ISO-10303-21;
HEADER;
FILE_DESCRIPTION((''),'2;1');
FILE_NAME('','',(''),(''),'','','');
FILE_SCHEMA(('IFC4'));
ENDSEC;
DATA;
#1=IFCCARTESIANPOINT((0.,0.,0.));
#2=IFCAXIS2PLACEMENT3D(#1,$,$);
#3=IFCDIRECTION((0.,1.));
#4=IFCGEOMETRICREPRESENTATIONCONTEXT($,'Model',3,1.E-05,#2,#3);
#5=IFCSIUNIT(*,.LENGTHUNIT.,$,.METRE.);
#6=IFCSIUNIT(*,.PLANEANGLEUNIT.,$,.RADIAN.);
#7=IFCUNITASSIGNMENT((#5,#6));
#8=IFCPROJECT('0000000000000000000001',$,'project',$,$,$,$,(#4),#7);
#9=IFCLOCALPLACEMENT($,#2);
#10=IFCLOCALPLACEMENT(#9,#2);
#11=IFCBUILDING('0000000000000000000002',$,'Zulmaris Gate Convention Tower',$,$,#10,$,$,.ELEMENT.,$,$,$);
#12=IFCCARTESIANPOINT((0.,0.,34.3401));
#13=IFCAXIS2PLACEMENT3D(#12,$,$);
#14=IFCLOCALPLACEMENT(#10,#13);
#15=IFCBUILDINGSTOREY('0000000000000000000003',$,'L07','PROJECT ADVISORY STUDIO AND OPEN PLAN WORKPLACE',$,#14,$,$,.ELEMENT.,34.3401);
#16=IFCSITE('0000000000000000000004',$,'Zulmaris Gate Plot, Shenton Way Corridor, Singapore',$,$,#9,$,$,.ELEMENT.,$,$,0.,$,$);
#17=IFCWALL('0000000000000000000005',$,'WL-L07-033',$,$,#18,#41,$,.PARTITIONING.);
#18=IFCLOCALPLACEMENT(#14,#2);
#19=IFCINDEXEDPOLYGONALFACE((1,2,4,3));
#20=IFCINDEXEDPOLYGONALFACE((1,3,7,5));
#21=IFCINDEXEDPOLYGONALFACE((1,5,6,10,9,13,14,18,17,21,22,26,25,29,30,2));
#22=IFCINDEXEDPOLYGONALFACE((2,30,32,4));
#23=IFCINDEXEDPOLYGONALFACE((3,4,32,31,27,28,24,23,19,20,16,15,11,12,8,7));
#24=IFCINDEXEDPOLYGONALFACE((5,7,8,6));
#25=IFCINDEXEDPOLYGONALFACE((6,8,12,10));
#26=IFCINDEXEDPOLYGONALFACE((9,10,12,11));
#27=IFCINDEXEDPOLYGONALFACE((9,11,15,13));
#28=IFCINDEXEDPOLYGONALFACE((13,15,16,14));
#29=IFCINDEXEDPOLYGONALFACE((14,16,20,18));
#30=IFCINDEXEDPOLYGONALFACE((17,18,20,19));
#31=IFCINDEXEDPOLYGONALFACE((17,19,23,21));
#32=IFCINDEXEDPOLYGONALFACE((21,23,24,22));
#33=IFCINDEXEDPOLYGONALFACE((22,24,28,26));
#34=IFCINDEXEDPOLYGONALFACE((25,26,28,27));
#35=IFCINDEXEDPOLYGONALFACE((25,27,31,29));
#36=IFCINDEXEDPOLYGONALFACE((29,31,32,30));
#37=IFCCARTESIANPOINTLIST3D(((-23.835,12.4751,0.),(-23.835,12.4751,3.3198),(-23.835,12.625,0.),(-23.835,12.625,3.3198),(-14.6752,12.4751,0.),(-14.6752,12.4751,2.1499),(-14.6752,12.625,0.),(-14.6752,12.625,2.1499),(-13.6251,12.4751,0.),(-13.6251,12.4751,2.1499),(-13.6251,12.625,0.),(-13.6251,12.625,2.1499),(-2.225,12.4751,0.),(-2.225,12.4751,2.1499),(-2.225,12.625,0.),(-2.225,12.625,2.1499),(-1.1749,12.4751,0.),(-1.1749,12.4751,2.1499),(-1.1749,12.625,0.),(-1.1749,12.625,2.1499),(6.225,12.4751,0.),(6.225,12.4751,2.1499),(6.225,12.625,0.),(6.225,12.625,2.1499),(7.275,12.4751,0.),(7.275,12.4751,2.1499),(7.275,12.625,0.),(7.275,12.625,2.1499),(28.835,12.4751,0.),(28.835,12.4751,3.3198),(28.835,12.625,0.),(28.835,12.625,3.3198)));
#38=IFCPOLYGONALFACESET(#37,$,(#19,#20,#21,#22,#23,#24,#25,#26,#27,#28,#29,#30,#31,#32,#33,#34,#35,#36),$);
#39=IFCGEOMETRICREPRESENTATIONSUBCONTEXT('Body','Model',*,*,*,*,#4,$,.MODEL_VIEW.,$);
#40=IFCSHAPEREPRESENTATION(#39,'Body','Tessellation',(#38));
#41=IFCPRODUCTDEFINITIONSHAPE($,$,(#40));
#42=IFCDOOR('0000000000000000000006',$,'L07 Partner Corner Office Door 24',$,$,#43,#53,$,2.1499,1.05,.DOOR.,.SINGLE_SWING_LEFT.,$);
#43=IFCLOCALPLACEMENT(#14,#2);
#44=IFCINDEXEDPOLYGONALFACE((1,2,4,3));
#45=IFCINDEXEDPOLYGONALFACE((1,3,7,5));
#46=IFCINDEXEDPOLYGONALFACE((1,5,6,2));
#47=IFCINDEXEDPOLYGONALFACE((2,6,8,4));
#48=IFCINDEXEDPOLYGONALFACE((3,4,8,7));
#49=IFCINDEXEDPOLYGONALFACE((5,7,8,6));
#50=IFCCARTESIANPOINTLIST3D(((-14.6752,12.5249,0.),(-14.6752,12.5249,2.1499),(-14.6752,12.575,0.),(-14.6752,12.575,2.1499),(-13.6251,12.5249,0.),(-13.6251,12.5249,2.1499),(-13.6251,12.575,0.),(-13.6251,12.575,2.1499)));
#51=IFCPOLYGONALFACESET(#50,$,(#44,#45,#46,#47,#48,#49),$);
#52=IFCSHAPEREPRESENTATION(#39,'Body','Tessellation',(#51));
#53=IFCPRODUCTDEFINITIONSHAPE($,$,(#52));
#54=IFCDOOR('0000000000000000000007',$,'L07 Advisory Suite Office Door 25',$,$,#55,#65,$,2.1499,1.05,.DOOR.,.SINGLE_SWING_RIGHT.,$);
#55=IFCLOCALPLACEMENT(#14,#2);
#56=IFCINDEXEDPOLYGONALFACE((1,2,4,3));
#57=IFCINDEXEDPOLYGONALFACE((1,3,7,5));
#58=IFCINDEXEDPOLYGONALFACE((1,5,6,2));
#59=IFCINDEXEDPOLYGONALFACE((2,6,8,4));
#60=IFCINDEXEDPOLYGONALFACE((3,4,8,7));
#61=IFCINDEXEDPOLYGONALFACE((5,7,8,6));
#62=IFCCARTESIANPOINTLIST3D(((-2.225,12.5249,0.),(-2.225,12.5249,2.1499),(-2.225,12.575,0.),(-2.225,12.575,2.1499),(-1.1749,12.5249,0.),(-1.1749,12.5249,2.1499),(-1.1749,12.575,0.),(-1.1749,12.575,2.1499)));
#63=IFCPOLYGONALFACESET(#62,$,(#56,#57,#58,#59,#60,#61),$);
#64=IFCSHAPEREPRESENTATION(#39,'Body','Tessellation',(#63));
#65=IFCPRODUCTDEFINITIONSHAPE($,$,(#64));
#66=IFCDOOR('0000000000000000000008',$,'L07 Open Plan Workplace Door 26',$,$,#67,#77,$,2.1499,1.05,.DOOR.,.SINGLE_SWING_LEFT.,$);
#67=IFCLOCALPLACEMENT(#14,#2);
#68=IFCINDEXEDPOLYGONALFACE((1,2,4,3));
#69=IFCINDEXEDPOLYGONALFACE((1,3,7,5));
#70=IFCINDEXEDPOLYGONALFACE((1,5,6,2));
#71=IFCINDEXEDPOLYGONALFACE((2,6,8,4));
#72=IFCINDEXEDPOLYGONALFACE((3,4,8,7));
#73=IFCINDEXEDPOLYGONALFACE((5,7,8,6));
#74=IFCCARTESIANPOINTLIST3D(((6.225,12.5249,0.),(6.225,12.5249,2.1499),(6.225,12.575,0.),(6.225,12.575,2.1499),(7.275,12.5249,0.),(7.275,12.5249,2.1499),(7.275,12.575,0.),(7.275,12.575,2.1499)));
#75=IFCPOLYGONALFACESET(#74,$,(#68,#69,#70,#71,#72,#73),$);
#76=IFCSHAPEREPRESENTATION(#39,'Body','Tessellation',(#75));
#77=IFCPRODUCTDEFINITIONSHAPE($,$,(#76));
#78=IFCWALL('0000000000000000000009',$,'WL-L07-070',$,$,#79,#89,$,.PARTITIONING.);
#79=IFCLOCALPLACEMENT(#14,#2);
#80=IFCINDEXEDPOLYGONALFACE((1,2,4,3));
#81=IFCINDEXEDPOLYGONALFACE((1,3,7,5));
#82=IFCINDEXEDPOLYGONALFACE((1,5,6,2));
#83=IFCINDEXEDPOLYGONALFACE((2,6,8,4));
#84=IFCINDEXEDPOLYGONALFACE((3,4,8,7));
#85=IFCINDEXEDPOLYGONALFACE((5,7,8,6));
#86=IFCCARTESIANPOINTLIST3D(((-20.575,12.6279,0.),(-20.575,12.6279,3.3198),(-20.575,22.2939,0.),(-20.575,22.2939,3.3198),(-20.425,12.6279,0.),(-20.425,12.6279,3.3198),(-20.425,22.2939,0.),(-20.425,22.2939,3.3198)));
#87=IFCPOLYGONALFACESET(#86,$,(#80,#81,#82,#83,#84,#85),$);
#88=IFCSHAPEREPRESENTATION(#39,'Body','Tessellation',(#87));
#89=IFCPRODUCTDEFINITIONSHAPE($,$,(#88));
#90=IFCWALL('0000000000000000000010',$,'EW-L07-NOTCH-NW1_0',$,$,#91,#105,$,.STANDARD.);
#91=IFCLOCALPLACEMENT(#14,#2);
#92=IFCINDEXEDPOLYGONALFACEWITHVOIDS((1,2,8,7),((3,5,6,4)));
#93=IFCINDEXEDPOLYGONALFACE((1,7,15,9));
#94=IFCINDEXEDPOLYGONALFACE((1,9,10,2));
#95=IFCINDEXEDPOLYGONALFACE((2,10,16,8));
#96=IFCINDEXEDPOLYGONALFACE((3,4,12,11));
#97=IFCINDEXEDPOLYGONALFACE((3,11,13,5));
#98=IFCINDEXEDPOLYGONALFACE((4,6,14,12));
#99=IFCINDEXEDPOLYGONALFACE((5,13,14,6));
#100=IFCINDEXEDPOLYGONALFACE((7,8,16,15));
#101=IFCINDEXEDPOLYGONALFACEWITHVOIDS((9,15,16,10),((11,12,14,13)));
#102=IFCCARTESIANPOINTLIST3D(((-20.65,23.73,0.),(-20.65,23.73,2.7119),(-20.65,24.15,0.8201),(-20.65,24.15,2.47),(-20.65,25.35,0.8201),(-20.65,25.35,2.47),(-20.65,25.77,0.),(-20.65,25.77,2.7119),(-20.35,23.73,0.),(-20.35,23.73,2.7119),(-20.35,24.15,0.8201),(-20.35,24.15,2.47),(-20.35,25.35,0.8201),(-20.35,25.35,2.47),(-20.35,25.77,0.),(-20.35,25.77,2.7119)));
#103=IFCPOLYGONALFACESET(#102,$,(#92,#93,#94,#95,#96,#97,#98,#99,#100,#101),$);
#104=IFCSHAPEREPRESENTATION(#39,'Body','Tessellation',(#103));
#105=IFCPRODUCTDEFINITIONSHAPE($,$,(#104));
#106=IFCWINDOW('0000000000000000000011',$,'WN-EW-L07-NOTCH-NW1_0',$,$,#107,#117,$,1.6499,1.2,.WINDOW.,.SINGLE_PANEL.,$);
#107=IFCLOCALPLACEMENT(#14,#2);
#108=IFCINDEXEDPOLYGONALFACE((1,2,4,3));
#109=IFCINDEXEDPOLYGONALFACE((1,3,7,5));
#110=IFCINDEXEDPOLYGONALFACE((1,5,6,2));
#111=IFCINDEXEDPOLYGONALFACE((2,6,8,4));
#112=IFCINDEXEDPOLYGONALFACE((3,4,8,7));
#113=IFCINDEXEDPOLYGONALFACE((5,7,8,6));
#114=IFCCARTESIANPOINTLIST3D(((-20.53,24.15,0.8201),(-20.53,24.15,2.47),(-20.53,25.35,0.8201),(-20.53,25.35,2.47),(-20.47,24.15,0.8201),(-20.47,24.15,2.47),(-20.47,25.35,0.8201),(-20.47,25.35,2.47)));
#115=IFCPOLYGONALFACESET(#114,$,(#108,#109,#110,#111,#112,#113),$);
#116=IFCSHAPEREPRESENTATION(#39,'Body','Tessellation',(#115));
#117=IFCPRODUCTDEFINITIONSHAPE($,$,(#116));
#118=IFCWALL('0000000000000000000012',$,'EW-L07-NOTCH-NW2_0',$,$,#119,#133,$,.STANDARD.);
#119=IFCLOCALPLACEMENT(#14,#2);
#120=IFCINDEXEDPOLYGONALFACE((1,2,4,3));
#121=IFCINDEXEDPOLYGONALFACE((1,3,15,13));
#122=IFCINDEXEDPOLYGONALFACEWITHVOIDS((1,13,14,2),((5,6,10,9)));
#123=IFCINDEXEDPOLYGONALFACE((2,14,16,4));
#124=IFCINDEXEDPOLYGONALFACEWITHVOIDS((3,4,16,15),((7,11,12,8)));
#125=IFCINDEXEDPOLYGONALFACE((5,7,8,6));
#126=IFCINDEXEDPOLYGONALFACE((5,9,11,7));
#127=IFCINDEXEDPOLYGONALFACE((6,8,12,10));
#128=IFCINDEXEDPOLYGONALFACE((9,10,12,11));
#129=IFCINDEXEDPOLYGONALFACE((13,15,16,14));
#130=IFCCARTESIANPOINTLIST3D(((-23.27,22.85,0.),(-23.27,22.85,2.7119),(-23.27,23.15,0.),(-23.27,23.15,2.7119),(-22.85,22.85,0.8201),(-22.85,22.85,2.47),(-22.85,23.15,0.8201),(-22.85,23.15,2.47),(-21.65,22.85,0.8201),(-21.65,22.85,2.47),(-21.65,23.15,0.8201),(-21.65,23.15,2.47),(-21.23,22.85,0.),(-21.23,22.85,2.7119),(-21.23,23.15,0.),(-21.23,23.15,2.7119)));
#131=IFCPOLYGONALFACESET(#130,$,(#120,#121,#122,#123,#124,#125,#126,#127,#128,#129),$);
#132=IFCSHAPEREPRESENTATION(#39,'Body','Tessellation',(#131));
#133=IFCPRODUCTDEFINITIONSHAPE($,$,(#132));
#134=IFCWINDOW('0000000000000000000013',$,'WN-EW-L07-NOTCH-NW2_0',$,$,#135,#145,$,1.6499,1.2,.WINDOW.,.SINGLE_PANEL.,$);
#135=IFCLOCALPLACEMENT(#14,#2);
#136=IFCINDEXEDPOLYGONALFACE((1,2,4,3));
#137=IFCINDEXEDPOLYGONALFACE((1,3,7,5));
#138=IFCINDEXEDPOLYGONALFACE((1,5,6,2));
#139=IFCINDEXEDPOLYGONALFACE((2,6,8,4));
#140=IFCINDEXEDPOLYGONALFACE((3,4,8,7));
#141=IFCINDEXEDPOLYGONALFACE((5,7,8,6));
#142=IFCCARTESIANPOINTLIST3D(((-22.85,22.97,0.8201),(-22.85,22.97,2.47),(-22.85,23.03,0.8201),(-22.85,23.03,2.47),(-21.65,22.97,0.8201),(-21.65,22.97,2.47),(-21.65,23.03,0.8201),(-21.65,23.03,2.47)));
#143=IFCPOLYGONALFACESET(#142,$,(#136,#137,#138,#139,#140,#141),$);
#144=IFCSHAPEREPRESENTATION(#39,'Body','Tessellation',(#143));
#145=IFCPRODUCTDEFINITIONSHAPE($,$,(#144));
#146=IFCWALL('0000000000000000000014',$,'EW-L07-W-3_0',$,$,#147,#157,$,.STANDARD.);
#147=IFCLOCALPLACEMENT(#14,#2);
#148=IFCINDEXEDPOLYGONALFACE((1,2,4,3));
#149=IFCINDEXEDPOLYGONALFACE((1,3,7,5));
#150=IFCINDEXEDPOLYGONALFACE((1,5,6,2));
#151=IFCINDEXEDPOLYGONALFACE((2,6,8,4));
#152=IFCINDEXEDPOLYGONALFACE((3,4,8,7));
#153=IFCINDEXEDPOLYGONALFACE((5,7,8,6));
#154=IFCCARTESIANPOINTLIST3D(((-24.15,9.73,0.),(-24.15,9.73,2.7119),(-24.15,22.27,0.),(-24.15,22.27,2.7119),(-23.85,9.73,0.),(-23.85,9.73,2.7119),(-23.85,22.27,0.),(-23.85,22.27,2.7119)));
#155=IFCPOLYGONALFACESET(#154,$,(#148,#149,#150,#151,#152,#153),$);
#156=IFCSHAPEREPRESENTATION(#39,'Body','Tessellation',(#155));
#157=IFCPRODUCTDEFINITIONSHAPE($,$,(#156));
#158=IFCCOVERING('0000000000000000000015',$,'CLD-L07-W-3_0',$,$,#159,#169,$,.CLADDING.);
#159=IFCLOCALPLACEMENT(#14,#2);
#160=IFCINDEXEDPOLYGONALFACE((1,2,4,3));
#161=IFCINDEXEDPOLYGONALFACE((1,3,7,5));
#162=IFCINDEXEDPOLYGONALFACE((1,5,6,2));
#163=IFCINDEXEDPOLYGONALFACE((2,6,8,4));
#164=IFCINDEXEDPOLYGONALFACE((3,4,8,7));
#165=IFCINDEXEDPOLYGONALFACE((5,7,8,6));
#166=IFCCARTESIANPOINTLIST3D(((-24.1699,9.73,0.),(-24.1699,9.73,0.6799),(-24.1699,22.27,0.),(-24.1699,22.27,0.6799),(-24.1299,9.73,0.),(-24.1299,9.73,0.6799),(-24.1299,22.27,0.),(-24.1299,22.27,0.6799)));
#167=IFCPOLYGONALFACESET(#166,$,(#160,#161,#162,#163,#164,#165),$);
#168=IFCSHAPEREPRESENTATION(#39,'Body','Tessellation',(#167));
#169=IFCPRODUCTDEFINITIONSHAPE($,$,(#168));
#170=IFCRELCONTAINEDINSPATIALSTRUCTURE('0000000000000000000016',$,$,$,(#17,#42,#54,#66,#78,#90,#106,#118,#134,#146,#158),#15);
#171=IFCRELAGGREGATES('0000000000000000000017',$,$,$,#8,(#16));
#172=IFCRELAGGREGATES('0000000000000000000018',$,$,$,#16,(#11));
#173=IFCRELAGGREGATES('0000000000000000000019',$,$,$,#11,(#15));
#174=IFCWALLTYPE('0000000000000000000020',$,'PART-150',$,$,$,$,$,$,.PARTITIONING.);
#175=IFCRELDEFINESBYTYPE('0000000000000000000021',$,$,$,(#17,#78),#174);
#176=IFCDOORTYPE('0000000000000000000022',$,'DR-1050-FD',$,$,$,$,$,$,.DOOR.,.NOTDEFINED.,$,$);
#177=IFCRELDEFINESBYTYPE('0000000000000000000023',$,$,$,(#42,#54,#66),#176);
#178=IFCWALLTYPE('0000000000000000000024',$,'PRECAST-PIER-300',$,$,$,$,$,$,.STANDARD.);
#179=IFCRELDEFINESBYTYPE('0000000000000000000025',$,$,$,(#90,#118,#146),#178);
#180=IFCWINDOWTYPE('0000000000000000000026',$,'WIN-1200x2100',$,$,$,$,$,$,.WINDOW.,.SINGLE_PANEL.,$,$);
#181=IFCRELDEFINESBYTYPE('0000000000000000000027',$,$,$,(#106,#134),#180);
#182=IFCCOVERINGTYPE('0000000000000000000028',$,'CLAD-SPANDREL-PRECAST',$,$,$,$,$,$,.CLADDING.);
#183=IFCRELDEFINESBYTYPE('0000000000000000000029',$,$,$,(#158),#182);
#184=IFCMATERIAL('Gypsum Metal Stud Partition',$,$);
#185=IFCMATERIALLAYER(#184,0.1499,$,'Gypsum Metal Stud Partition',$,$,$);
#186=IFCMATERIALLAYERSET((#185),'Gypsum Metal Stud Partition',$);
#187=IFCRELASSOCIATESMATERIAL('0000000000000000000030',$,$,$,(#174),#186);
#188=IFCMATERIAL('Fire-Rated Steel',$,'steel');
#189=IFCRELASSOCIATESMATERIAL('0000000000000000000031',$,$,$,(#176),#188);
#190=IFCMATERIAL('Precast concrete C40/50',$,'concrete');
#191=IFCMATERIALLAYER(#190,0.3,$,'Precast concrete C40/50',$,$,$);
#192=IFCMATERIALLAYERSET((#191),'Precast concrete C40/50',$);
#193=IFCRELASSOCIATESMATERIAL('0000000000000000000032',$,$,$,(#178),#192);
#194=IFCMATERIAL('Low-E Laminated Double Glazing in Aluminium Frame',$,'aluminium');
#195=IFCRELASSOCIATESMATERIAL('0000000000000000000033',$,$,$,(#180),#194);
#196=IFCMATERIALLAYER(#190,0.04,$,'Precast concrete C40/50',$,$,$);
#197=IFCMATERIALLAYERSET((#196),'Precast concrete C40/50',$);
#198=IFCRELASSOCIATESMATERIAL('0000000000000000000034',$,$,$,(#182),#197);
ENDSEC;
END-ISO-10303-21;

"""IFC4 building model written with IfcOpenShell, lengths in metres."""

from ifc_helpers import new_model, si_unit, direction, frame, frame_2d, origin, place, context, subcontext, project, spatial, rectangle, extrude, material, layer, layer_set, type_object, element, fill, save


model = new_model("IFC4")

# Units and contexts
model_context = context("Model", 3, precision=1e-05, world=origin(), true_north=direction((0.0, 1.0)))
body_context = subcontext(model_context, "Body", "Model", "MODEL_VIEW")
ifc_project = project(units=[si_unit("LENGTHUNIT", "METRE"), si_unit("PLANEANGLEUNIT", "RADIAN")], contexts=[model_context])

# Site, building, storey
site_placement = place(None, origin())
site = spatial("IfcSite", under=ifc_project, at=site_placement, Name="Zulmaris Gate Plot, Shenton Way Corridor, Singapore", CompositionType="ELEMENT", RefElevation=0.0)
building_placement = place(site_placement, origin())
building = spatial("IfcBuilding", under=site, at=building_placement, Name="Zulmaris Gate Convention Tower", CompositionType="ELEMENT")
storey_placement = place(building_placement, frame((0.0, 0.0, 34.3401)))
storey = spatial("IfcBuildingStorey", under=building, at=storey_placement, Name="L07", Description="PROJECT ADVISORY STUDIO AND OPEN PLAN WORKPLACE", CompositionType="ELEMENT", Elevation=34.3401)

# Shared definitions
ifc_material_1 = material(Name="Gypsum Metal Stud Partition")
ifc_layer_1 = layer(ifc_material_1, 0.1499, Name="Gypsum Metal Stud Partition")
ifc_layer_set_1 = layer_set([ifc_layer_1], Name="Gypsum Metal Stud Partition")
wall_type_1 = type_object("IfcWallType", Name="PART-150", PredefinedType="PARTITIONING", material=ifc_layer_set_1)

# Wall, openings, doors
wall_1_placement = place(storey_placement, frame((-23.835, 12.55, 0.0), z_axis=(0.0, 0.0, 1.0), x_axis=(1.0, 0.0, 0.0)))
wall_1 = element("IfcWall", 1, at=wall_1_placement, inside=storey, type_object=wall_type_1, Name="WL-L07-033", PredefinedType="PARTITIONING", context=body_context, shape_type="SweptSolid", body=[
    extrude(rectangle(XDim=52.6699, YDim=0.1499, at=frame_2d((26.335, 0.0))), origin(), (0.0, 0.0, 1.0), 3.3198),
])
opening_1_placement = place(wall_1_placement, frame((9.1599, 0.0, 0.0)))
opening_1 = element("IfcOpeningElement", 2, at=opening_1_placement, cuts=wall_1, PredefinedType="OPENING", context=body_context, shape_type="SweptSolid", body=[
    extrude(rectangle(XDim=1.05, YDim=2.1499, at=frame_2d((0.5249, 1.075))), frame((0.0, 0.085, 0.0), z_axis=(0.0, -1.0, 0.0), x_axis=(1.0, 0.0, 0.0)), (0.0, 0.0, 1.0), 0.1699),
])
opening_2_placement = place(wall_1_placement, frame((21.6101, 0.0, 0.0)))
opening_2 = element("IfcOpeningElement", 3, at=opening_2_placement, cuts=wall_1, PredefinedType="OPENING", context=body_context, shape_type="SweptSolid", body=[
    extrude(rectangle(XDim=1.05, YDim=2.1499, at=frame_2d((0.5249, 1.075))), frame((0.0, 0.085, 0.0), z_axis=(0.0, -1.0, 0.0), x_axis=(1.0, 0.0, 0.0)), (0.0, 0.0, 1.0), 0.1699),
])
opening_3_placement = place(wall_1_placement, frame((30.0601, 0.0, 0.0)))
opening_3 = element("IfcOpeningElement", 4, at=opening_3_placement, cuts=wall_1, PredefinedType="OPENING", context=body_context, shape_type="SweptSolid", body=[
    extrude(rectangle(XDim=1.05, YDim=2.1499, at=frame_2d((0.5249, 1.075))), frame((0.0, 0.085, 0.0), z_axis=(0.0, -1.0, 0.0), x_axis=(1.0, 0.0, 0.0)), (0.0, 0.0, 1.0), 0.1699),
])
ifc_material_2 = material(Name="Fire-Rated Steel", Category="steel")
door_type_1 = type_object("IfcDoorType", Name="DR-1050-FD", OperationType="NOTDEFINED", PredefinedType="DOOR", material=ifc_material_2)
door_1_placement = place(opening_1_placement, origin())
door_1 = element("IfcDoor", 5, at=door_1_placement, inside=storey, type_object=door_type_1, Name="L07 Partner Corner Office Door 24", OperationType="SINGLE_SWING_LEFT", OverallHeight=2.1499, OverallWidth=1.05, PredefinedType="DOOR", context=body_context, shape_type="SweptSolid", body=[
    extrude(rectangle(XDim=1.05, YDim=2.1499, at=frame_2d((0.5249, 1.075))), frame((0.0, 0.0249, 0.0), z_axis=(0.0, -1.0, 0.0), x_axis=(1.0, 0.0, 0.0)), (0.0, 0.0, 1.0), 0.05),
])
fill(opening_1, door_1)
door_2_placement = place(opening_2_placement, origin())
door_2 = element("IfcDoor", 6, at=door_2_placement, inside=storey, type_object=door_type_1, Name="L07 Advisory Suite Office Door 25", OperationType="SINGLE_SWING_RIGHT", OverallHeight=2.1499, OverallWidth=1.05, PredefinedType="DOOR", context=body_context, shape_type="SweptSolid", body=[
    extrude(rectangle(XDim=1.05, YDim=2.1499, at=frame_2d((0.5249, 1.075))), frame((0.0, 0.0249, 0.0), z_axis=(0.0, -1.0, 0.0), x_axis=(1.0, 0.0, 0.0)), (0.0, 0.0, 1.0), 0.05),
])
fill(opening_2, door_2)
door_3_placement = place(opening_3_placement, origin())
door_3 = element("IfcDoor", 7, at=door_3_placement, inside=storey, type_object=door_type_1, Name="L07 Open Plan Workplace Door 26", OperationType="SINGLE_SWING_LEFT", OverallHeight=2.1499, OverallWidth=1.05, PredefinedType="DOOR", context=body_context, shape_type="SweptSolid", body=[
    extrude(rectangle(XDim=1.05, YDim=2.1499, at=frame_2d((0.5249, 1.075))), frame((0.0, 0.0249, 0.0), z_axis=(0.0, -1.0, 0.0), x_axis=(1.0, 0.0, 0.0)), (0.0, 0.0, 1.0), 0.05),
])
fill(opening_3, door_3)

# Wall
wall_2_placement = place(storey_placement, frame((-20.5, 12.6279, 0.0), z_axis=(0.0, 0.0, 1.0), x_axis=(0.0, 1.0, 0.0)))
element("IfcWall", 8, at=wall_2_placement, inside=storey, type_object=wall_type_1, Name="WL-L07-070", PredefinedType="PARTITIONING", context=body_context, shape_type="SweptSolid", body=[
    extrude(rectangle(XDim=9.666, YDim=0.1499, at=frame_2d((4.833, 0.0))), origin(), (0.0, 0.0, 1.0), 3.3198),
])

# Walls, openings, windows
ifc_material_3 = material(Name="Precast concrete C40/50", Category="concrete")
ifc_layer_2 = layer(ifc_material_3, 0.3, Name="Precast concrete C40/50")
ifc_layer_set_2 = layer_set([ifc_layer_2], Name="Precast concrete C40/50")
wall_type_2 = type_object("IfcWallType", Name="PRECAST-PIER-300", PredefinedType="STANDARD", material=ifc_layer_set_2)
wall_3_placement = place(storey_placement, frame((-20.5, 25.77, 0.0), z_axis=(0.0, 0.0, 1.0), x_axis=(0.0, -1.0, 0.0)))
wall_3 = element("IfcWall", 9, at=wall_3_placement, inside=storey, type_object=wall_type_2, Name="EW-L07-NOTCH-NW1_0", PredefinedType="STANDARD", context=body_context, shape_type="SweptSolid", body=[
    extrude(rectangle(XDim=2.04, YDim=0.3, at=frame_2d((1.02, 0.0))), origin(), (0.0, 0.0, 1.0), 2.7119),
])
opening_4_placement = place(wall_3_placement, frame((0.4199, 0.0, 0.8201)))
opening_4 = element("IfcOpeningElement", 10, at=opening_4_placement, cuts=wall_3, PredefinedType="OPENING", context=body_context, shape_type="SweptSolid", body=[
    extrude(rectangle(XDim=1.2, YDim=1.6499, at=frame_2d((0.6001, 0.825))), frame((0.0, 0.1602, 0.0), z_axis=(0.0, -1.0, 0.0), x_axis=(1.0, 0.0, 0.0)), (0.0, 0.0, 1.0), 0.3201),
])
ifc_material_4 = material(Name="Low-E Laminated Double Glazing in Aluminium Frame", Category="aluminium")
window_type = type_object("IfcWindowType", Name="WIN-1200x2100", PartitioningType="SINGLE_PANEL", PredefinedType="WINDOW", material=ifc_material_4)
window_1_placement = place(opening_4_placement, origin())
window_1 = element("IfcWindow", 11, at=window_1_placement, inside=storey, type_object=window_type, Name="WN-EW-L07-NOTCH-NW1_0", OverallHeight=1.6499, OverallWidth=1.2, PartitioningType="SINGLE_PANEL", PredefinedType="WINDOW", context=body_context, shape_type="SweptSolid", body=[
    extrude(rectangle(XDim=1.2, YDim=1.6499, at=frame_2d((0.6001, 0.825))), frame((0.0, 0.03, 0.0), z_axis=(0.0, -1.0, 0.0), x_axis=(1.0, 0.0, 0.0)), (0.0, 0.0, 1.0), 0.0601),
])
fill(opening_4, window_1)
wall_4_placement = place(storey_placement, frame((-21.23, 23.0, 0.0), z_axis=(0.0, 0.0, 1.0), x_axis=(-1.0, 0.0, 0.0)))
wall_4 = element("IfcWall", 12, at=wall_4_placement, inside=storey, type_object=wall_type_2, Name="EW-L07-NOTCH-NW2_0", PredefinedType="STANDARD", context=body_context, shape_type="SweptSolid", body=[
    extrude(rectangle(XDim=2.04, YDim=0.3, at=frame_2d((1.02, 0.0))), origin(), (0.0, 0.0, 1.0), 2.7119),
])
opening_5_placement = place(wall_4_placement, frame((0.4199, 0.0, 0.8201)))
opening_5 = element("IfcOpeningElement", 13, at=opening_5_placement, cuts=wall_4, PredefinedType="OPENING", context=body_context, shape_type="SweptSolid", body=[
    extrude(rectangle(XDim=1.2, YDim=1.6499, at=frame_2d((0.6001, 0.825))), frame((0.0, 0.1602, 0.0), z_axis=(0.0, -1.0, 0.0), x_axis=(1.0, 0.0, 0.0)), (0.0, 0.0, 1.0), 0.3201),
])
window_2_placement = place(opening_5_placement, origin())
window_2 = element("IfcWindow", 14, at=window_2_placement, inside=storey, type_object=window_type, Name="WN-EW-L07-NOTCH-NW2_0", OverallHeight=1.6499, OverallWidth=1.2, PartitioningType="SINGLE_PANEL", PredefinedType="WINDOW", context=body_context, shape_type="SweptSolid", body=[
    extrude(rectangle(XDim=1.2, YDim=1.6499, at=frame_2d((0.6001, 0.825))), frame((0.0, 0.03, 0.0), z_axis=(0.0, -1.0, 0.0), x_axis=(1.0, 0.0, 0.0)), (0.0, 0.0, 1.0), 0.0601),
])
fill(opening_5, window_2)

# Wall
wall_5_placement = place(storey_placement, frame((-24.0, 22.27, 0.0), z_axis=(0.0, 0.0, 1.0), x_axis=(0.0, -1.0, 0.0)))
element("IfcWall", 15, at=wall_5_placement, inside=storey, type_object=wall_type_2, Name="EW-L07-W-3_0", PredefinedType="STANDARD", context=body_context, shape_type="SweptSolid", body=[
    extrude(rectangle(XDim=12.54, YDim=0.3, at=frame_2d((6.27, 0.0))), origin(), (0.0, 0.0, 1.0), 2.7119),
])

# Covering
ifc_layer_3 = layer(ifc_material_3, 0.04, Name="Precast concrete C40/50")
ifc_layer_set_3 = layer_set([ifc_layer_3], Name="Precast concrete C40/50")
covering_type_1 = type_object("IfcCoveringType", Name="CLAD-SPANDREL-PRECAST", PredefinedType="CLADDING", material=ifc_layer_set_3)
covering_1_placement = place(storey_placement, frame((-24.1499, 22.27, 0.0), z_axis=(0.0, 0.0, 1.0), x_axis=(0.0, -1.0, 0.0)))
element("IfcCovering", 16, at=covering_1_placement, inside=storey, type_object=covering_type_1, Name="CLD-L07-W-3_0", PredefinedType="CLADDING", context=body_context, shape_type="SweptSolid", body=[
    extrude(rectangle(XDim=12.54, YDim=0.04, at=frame_2d((6.27, 0.0))), origin(), (0.0, 0.0, 1.0), 0.6799),
])

save(model, "model.ifc")
